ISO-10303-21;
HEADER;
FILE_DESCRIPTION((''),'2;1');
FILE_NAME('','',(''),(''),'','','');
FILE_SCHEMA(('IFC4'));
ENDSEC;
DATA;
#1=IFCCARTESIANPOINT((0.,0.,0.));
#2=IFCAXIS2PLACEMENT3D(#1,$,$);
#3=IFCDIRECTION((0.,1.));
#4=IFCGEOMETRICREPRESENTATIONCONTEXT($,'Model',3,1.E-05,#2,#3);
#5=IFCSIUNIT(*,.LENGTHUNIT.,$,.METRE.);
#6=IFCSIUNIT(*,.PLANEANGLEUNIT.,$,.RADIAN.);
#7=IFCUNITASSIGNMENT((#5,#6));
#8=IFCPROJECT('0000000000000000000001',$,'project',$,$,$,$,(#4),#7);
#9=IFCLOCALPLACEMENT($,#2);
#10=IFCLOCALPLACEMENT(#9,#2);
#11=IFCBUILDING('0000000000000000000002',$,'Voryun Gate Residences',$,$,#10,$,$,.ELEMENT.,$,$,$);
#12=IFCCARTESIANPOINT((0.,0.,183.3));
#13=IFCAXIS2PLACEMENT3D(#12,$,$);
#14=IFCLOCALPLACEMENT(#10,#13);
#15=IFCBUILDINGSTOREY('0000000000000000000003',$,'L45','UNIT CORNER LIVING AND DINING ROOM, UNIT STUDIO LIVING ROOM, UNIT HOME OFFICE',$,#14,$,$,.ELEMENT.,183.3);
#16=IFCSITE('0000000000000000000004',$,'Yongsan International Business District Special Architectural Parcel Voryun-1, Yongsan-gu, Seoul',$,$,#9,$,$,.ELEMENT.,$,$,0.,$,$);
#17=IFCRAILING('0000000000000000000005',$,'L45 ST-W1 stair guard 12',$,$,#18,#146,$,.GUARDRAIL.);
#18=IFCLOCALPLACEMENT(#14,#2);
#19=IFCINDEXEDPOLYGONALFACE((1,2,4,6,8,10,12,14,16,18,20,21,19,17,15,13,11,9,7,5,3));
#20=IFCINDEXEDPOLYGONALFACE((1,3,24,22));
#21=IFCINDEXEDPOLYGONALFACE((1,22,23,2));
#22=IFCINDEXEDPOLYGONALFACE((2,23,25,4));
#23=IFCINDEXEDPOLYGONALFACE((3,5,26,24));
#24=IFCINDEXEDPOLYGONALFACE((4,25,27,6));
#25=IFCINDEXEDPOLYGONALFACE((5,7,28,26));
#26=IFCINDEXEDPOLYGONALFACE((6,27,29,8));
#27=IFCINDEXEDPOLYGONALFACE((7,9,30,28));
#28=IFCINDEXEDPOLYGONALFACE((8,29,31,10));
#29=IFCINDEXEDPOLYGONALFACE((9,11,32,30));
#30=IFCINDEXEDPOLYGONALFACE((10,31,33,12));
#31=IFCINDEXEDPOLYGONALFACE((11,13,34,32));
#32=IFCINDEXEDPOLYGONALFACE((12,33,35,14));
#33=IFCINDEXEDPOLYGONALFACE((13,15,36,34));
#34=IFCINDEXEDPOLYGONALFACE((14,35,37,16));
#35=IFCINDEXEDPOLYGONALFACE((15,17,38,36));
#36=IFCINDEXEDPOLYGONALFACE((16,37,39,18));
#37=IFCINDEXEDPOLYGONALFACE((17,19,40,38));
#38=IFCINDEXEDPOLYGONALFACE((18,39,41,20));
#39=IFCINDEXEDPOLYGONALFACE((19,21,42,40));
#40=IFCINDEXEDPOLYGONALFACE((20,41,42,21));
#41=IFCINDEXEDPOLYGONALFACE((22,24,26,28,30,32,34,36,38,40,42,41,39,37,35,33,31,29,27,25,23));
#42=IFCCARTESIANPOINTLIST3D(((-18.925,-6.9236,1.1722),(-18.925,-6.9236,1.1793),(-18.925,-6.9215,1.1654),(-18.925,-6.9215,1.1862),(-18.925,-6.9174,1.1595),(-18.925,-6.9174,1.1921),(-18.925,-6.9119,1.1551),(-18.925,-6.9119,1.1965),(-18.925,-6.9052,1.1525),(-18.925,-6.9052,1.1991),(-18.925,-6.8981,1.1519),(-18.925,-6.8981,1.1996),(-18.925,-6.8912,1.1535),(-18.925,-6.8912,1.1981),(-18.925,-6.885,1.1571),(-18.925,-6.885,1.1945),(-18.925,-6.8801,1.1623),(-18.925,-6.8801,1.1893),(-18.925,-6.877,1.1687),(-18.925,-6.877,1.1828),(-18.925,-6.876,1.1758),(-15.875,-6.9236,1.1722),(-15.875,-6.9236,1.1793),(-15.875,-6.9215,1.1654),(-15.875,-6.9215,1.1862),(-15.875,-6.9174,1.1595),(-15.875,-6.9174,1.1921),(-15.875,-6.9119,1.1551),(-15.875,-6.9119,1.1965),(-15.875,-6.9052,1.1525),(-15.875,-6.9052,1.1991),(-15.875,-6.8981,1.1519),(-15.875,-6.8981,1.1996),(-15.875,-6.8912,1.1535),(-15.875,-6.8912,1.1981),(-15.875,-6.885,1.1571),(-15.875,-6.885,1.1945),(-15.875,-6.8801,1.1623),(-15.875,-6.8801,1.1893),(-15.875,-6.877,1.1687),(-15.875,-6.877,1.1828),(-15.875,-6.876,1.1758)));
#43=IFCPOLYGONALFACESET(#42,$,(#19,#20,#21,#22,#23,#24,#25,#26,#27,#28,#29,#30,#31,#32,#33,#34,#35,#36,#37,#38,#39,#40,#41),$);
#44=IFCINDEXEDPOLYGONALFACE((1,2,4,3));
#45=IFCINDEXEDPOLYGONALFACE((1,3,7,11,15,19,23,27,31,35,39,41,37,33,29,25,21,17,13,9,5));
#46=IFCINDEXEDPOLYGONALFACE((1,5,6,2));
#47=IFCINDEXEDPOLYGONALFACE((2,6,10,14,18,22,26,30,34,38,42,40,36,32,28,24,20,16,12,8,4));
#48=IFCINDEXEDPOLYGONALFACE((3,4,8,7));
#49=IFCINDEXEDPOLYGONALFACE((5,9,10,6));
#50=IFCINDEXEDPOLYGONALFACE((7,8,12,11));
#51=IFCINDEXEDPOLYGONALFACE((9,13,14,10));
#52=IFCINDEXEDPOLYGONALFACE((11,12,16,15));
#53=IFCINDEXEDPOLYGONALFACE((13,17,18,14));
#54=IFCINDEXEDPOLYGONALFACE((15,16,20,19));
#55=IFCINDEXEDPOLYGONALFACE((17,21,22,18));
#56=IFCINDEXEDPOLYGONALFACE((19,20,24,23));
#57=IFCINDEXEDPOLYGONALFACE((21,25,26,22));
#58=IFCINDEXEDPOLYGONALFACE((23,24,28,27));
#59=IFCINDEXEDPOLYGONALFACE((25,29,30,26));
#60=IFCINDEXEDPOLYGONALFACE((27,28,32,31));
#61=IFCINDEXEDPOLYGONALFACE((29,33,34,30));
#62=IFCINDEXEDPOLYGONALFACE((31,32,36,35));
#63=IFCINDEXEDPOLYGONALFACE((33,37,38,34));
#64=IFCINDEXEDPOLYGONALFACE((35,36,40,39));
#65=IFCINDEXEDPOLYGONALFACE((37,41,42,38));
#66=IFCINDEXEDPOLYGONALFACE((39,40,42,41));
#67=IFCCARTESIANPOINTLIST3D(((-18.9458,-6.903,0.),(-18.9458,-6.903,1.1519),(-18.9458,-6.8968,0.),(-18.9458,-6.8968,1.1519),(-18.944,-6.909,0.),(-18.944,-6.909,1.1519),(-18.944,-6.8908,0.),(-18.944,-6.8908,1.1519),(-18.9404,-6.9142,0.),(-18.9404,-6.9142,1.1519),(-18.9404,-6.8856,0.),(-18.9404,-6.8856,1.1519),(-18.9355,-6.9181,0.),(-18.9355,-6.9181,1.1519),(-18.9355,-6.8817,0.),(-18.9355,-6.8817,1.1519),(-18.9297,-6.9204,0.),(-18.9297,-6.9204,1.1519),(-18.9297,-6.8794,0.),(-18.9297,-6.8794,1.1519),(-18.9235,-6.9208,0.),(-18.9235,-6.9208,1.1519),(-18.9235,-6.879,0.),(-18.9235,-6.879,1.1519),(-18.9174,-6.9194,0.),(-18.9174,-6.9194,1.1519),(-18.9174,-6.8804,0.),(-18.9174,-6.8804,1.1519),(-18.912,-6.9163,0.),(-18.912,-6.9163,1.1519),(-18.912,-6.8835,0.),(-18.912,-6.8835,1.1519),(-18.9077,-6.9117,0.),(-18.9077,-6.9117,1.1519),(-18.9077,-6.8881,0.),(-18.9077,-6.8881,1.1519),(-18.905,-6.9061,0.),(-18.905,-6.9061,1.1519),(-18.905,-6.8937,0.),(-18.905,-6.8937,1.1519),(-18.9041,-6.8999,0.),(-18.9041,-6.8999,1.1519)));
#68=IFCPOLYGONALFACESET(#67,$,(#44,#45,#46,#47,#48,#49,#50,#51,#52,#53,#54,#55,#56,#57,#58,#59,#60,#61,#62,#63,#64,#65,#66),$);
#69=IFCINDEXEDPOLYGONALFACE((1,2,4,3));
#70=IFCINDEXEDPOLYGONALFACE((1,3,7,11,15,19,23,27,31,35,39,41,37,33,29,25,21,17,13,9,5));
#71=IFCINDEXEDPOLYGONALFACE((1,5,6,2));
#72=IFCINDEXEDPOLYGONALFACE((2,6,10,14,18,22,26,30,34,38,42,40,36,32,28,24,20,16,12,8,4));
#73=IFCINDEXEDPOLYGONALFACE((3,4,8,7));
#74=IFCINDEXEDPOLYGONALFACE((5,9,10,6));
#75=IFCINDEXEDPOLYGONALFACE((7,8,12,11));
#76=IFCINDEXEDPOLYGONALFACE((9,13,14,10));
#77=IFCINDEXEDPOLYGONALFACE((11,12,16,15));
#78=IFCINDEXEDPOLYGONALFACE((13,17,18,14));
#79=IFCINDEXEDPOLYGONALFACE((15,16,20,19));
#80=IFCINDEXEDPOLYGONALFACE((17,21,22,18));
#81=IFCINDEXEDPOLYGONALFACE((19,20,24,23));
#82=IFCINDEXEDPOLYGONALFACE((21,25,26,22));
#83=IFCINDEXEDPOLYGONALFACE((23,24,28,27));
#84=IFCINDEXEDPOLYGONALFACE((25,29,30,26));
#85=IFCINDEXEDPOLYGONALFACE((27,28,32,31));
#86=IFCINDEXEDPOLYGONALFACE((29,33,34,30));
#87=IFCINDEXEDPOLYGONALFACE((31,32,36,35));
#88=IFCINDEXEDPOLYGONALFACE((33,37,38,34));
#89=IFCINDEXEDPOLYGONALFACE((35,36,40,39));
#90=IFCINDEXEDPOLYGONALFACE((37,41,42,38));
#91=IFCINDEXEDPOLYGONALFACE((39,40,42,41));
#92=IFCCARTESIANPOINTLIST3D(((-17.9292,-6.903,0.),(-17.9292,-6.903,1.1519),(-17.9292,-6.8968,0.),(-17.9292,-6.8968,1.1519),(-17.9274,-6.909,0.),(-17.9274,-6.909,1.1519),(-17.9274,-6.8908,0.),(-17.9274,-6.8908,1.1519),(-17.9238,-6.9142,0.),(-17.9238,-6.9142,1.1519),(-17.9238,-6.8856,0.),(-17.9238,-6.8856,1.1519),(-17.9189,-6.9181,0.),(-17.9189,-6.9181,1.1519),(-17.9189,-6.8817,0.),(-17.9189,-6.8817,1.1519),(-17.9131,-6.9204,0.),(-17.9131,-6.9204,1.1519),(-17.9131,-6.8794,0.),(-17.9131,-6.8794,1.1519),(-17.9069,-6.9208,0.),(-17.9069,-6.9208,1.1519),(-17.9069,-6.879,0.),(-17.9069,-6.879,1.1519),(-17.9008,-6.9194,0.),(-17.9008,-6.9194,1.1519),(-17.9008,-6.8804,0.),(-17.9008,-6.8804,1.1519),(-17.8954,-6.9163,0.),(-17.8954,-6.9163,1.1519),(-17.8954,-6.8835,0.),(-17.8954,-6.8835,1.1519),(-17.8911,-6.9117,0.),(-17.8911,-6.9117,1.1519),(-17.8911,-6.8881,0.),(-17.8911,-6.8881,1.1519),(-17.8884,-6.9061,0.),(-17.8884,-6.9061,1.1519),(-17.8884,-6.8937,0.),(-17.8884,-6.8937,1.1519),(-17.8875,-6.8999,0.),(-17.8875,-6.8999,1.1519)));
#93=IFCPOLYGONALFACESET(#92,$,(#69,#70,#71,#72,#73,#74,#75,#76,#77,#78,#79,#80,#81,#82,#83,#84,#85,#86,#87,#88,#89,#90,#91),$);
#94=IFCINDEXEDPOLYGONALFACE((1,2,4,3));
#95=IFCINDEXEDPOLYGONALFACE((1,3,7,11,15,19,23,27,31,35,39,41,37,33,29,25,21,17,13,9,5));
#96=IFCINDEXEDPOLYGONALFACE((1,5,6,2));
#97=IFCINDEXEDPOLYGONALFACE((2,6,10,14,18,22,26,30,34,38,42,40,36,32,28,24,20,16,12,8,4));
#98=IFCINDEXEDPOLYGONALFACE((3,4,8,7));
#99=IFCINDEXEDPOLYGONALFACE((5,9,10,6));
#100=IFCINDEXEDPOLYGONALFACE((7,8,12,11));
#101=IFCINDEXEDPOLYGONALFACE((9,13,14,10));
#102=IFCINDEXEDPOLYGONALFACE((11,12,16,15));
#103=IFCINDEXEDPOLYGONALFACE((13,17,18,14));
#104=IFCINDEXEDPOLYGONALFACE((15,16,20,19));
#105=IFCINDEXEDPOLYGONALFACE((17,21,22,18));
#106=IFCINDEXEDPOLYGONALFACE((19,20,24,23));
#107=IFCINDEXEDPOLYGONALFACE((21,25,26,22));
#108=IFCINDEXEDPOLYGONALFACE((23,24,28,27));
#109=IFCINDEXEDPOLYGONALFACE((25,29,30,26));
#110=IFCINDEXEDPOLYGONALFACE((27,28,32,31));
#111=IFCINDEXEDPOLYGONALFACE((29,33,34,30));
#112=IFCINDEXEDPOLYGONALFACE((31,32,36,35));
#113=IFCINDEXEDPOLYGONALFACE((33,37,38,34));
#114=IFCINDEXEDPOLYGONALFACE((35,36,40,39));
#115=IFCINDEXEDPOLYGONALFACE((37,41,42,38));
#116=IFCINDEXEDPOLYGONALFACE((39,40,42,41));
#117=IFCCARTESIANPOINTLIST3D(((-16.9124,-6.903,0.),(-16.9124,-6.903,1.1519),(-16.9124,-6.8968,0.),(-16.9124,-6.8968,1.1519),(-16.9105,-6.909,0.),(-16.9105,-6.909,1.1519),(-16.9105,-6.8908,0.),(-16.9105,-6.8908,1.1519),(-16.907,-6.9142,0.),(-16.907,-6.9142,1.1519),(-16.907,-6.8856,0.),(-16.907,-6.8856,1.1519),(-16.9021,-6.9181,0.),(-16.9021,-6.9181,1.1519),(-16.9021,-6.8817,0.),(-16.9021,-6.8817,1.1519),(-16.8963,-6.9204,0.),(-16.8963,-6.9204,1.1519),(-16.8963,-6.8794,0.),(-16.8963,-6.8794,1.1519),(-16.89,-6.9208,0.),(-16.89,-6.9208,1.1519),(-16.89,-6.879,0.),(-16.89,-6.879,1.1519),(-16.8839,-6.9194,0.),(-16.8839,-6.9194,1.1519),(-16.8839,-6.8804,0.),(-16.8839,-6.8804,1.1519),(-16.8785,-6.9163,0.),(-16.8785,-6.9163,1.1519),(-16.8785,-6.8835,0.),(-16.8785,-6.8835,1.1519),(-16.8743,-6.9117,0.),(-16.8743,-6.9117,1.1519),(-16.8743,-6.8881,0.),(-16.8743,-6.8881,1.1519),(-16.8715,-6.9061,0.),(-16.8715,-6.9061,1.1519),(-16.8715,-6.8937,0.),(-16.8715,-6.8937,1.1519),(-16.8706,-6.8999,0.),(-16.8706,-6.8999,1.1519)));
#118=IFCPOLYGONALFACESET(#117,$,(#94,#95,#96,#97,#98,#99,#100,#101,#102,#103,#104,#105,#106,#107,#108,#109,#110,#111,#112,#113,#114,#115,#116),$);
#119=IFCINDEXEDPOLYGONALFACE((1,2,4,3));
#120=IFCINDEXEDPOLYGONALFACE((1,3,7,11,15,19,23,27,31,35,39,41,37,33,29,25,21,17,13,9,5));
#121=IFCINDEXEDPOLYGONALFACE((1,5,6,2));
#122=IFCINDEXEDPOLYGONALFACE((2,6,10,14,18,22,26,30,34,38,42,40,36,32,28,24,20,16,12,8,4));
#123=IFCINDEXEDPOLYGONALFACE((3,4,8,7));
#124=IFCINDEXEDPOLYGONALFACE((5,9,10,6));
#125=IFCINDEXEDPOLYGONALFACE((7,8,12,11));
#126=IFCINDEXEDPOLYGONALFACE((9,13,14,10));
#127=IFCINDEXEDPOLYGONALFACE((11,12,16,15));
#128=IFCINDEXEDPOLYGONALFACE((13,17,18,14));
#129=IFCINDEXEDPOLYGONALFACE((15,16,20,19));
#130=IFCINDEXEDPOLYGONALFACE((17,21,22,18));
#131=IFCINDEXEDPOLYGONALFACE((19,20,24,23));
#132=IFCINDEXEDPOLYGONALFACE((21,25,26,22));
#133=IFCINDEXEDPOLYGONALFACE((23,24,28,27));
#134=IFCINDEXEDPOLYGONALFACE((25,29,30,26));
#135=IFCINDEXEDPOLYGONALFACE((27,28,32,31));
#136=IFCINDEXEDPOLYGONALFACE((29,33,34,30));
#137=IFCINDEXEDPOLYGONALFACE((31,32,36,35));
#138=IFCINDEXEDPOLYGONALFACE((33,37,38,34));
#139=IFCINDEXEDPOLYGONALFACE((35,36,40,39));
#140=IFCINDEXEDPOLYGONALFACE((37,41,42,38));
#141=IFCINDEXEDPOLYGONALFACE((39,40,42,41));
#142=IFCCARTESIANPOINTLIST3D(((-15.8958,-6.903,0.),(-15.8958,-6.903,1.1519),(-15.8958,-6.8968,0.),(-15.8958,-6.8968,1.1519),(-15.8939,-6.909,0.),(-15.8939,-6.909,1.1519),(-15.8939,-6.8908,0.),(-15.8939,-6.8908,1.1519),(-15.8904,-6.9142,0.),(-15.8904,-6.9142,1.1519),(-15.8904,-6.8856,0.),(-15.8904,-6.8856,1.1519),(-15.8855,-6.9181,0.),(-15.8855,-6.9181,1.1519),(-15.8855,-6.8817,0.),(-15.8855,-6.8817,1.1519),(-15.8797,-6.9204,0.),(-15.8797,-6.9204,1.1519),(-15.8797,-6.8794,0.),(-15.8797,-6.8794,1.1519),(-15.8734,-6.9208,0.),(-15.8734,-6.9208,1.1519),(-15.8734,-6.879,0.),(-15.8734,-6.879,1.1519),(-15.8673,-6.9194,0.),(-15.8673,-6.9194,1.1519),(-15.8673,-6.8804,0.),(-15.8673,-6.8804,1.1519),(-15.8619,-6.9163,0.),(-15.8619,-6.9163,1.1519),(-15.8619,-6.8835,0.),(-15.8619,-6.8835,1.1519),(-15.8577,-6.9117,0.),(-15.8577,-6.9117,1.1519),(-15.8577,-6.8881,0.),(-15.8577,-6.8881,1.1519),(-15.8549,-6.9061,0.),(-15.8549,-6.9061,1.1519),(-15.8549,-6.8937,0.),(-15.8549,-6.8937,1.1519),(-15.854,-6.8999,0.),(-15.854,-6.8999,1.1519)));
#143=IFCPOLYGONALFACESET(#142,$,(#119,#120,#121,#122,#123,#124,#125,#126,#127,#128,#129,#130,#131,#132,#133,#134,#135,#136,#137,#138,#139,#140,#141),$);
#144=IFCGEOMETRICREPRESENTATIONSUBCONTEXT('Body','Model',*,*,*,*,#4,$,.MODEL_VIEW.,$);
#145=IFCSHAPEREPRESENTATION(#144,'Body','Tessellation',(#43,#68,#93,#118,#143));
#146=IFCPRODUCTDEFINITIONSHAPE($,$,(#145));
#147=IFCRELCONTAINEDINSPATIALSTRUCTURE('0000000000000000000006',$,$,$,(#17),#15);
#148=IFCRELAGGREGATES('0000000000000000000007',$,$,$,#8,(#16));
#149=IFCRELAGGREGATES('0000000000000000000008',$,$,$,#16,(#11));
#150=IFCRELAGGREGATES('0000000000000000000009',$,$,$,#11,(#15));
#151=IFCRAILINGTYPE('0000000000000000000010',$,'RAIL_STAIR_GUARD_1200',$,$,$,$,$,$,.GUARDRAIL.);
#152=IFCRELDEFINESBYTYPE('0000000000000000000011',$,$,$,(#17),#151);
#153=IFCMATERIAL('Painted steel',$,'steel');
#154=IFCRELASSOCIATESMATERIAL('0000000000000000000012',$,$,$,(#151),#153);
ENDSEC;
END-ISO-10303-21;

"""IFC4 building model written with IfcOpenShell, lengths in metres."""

from ifc_helpers import new_model, si_unit, direction, frame, origin, origin_2d, place, context, subcontext, project, spatial, circle, extrude, material, type_object, element, save


model = new_model("IFC4")

# Units and contexts
model_context = context("Model", 3, precision=1e-05, world=origin(), true_north=direction((0.0, 1.0)))
body_context = subcontext(model_context, "Body", "Model", "MODEL_VIEW")
ifc_project = project(units=[si_unit("LENGTHUNIT", "METRE"), si_unit("PLANEANGLEUNIT", "RADIAN")], contexts=[model_context])

# Site, building, storey
site_placement = place(None, origin())
site = spatial("IfcSite", under=ifc_project, at=site_placement, Name="Yongsan International Business District Special Architectural Parcel Voryun-1, Yongsan-gu, Seoul", CompositionType="ELEMENT", RefElevation=0.0)
building_placement = place(site_placement, origin())
building = spatial("IfcBuilding", under=site, at=building_placement, Name="Voryun Gate Residences", CompositionType="ELEMENT")
storey_placement = place(building_placement, frame((0.0, 0.0, 183.3)))
storey = spatial("IfcBuildingStorey", under=building, at=storey_placement, Name="L45", Description="UNIT CORNER LIVING AND DINING ROOM, UNIT STUDIO LIVING ROOM, UNIT HOME OFFICE", CompositionType="ELEMENT", Elevation=183.3)

# Railing
ifc_material_1 = material(Name="Painted steel", Category="steel")
railing_type_1 = type_object("IfcRailingType", Name="RAIL_STAIR_GUARD_1200", PredefinedType="GUARDRAIL", material=ifc_material_1)
railing_1_placement = place(storey_placement, frame((-18.925, -6.8999, 0.0)))
element("IfcRailing", 1, at=railing_1_placement, inside=storey, type_object=railing_type_1, Name="L45 ST-W1 stair guard 12", PredefinedType="GUARDRAIL", context=body_context, shape_type="SweptSolid", body=[
    extrude(circle(Radius=0.0239, at=origin_2d()), frame((0.0, 0.0, 1.1758), z_axis=(1.0, 0.0, 0.0), x_axis=(0.0, 1.0, 0.0)), (0.0, 0.0, 1.0), 3.05),
    extrude(circle(Radius=0.021, at=origin_2d()), origin(), (0.0, 0.0, 1.0), 1.1519),
    extrude(circle(Radius=0.021, at=origin_2d()), frame((1.0166, 0.0, 0.0)), (0.0, 0.0, 1.0), 1.1519),
    extrude(circle(Radius=0.021, at=origin_2d()), frame((2.0334, 0.0, 0.0)), (0.0, 0.0, 1.0), 1.1519),
    extrude(circle(Radius=0.021, at=origin_2d()), frame((3.05, 0.0, 0.0)), (0.0, 0.0, 1.0), 1.1519),
])

save(model, "model.ifc")
